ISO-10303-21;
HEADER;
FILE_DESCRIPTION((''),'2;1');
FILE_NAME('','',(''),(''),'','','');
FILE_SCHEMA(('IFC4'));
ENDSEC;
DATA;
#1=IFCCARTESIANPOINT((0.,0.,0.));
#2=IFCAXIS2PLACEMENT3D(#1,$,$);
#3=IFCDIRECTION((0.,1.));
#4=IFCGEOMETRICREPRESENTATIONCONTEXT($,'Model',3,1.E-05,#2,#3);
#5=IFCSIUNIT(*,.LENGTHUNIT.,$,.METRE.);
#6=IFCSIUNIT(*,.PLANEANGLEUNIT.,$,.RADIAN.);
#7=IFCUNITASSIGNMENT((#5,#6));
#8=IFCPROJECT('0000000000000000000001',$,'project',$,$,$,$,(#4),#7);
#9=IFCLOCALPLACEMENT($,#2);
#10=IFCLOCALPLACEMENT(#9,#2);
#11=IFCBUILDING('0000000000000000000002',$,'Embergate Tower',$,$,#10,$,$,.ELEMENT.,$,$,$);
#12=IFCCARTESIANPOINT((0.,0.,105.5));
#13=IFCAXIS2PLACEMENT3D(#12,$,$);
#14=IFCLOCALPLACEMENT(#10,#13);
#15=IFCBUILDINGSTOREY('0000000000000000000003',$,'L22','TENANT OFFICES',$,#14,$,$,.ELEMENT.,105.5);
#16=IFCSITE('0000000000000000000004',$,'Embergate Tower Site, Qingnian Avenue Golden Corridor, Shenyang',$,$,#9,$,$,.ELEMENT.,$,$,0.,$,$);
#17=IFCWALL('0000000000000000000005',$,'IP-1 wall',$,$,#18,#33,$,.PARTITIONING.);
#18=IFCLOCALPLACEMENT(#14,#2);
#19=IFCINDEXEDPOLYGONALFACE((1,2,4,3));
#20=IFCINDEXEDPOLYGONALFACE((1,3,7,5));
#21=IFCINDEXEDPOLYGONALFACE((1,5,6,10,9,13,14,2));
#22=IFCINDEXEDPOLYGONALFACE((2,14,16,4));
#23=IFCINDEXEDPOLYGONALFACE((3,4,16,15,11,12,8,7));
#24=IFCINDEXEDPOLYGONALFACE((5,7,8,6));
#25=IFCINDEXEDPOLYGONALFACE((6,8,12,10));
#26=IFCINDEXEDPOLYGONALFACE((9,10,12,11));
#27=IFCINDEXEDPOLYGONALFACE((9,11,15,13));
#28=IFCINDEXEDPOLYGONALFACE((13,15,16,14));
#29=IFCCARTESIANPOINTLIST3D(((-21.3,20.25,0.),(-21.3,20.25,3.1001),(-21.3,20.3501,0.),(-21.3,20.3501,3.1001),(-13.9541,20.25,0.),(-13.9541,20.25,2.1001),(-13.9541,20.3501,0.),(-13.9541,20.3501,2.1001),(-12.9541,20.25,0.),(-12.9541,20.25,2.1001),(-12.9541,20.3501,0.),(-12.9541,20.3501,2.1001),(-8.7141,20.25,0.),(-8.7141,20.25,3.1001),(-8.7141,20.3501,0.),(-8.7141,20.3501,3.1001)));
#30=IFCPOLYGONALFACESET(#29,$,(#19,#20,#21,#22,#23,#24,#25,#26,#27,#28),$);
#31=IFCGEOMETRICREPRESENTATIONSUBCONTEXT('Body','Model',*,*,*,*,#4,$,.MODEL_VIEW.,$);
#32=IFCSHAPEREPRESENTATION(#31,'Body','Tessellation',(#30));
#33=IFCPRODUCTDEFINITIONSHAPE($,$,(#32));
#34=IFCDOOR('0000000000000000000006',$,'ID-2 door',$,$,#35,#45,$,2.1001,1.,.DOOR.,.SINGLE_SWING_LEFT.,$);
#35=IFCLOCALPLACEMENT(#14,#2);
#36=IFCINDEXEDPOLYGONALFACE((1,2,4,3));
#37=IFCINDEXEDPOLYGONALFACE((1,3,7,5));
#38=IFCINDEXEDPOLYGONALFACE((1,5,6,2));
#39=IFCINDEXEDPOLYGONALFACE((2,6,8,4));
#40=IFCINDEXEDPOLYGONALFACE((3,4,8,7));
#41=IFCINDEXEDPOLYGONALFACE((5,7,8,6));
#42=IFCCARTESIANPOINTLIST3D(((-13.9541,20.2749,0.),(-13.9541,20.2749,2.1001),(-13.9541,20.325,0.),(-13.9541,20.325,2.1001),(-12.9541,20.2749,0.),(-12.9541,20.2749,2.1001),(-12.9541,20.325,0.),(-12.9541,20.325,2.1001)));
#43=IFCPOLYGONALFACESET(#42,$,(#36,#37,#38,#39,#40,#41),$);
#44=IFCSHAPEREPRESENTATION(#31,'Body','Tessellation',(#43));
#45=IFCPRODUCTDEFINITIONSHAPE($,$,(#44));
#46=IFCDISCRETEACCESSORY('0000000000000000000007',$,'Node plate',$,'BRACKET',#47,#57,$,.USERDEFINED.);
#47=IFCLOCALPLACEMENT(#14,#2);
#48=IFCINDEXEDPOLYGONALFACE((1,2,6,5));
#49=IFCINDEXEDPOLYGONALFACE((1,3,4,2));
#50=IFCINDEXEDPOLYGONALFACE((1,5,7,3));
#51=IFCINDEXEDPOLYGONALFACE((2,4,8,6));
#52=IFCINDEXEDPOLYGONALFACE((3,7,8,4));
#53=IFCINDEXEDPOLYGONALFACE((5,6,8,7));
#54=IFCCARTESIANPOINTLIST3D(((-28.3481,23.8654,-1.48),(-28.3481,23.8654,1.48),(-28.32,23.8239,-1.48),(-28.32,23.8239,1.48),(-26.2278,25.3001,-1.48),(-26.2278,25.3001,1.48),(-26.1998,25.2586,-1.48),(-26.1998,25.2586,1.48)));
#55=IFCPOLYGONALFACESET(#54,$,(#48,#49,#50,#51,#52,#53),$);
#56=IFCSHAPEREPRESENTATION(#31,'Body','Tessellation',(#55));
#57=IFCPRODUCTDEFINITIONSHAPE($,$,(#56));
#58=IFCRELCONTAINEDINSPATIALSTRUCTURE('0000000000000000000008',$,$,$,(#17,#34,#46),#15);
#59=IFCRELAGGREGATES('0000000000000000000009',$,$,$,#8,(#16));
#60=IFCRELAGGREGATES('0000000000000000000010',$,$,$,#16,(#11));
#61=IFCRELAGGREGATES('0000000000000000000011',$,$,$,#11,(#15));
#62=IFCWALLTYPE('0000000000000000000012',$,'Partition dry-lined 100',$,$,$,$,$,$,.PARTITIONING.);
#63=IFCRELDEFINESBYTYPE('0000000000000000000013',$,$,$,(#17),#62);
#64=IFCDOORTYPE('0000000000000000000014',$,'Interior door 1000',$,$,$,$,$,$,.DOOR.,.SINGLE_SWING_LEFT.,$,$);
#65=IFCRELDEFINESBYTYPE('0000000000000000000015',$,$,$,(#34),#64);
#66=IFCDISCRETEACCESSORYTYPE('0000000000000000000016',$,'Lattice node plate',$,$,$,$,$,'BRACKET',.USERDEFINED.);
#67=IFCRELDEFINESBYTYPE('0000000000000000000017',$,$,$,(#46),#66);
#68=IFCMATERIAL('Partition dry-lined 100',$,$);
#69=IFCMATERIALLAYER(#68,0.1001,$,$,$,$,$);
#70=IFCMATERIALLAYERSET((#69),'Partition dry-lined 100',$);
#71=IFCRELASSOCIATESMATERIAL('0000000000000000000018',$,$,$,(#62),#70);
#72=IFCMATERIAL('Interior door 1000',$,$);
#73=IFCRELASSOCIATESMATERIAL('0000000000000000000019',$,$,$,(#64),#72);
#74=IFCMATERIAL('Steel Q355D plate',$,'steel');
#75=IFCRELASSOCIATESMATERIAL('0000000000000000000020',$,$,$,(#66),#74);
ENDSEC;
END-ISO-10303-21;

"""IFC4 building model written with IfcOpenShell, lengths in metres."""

from ifc_helpers import new_model, si_unit, direction, frame, frame_2d, origin, origin_2d, place, context, subcontext, project, spatial, rectangle, extrude, source, transform, mapped, material, layer, layer_set, type_object, element, fill, save


model = new_model("IFC4")

# Units and contexts
model_context = context("Model", 3, precision=1e-05, world=origin(), true_north=direction((0.0, 1.0)))
body_context = subcontext(model_context, "Body", "Model", "MODEL_VIEW")
ifc_project = project(units=[si_unit("LENGTHUNIT", "METRE"), si_unit("PLANEANGLEUNIT", "RADIAN")], contexts=[model_context])

# Site, building, storey
site_placement = place(None, origin())
site = spatial("IfcSite", under=ifc_project, at=site_placement, Name="Embergate Tower Site, Qingnian Avenue Golden Corridor, Shenyang", CompositionType="ELEMENT", RefElevation=0.0)
building_placement = place(site_placement, origin())
building = spatial("IfcBuilding", under=site, at=building_placement, Name="Embergate Tower", CompositionType="ELEMENT")
storey_placement = place(building_placement, frame((0.0, 0.0, 105.5)))
storey = spatial("IfcBuildingStorey", under=building, at=storey_placement, Name="L22", Description="TENANT OFFICES", CompositionType="ELEMENT", Elevation=105.5)

# Wall, opening, door
ifc_material_1 = material(Name="Partition dry-lined 100")
ifc_layer_1 = layer(ifc_material_1, 0.1001)
ifc_layer_set_1 = layer_set([ifc_layer_1], Name="Partition dry-lined 100")
wall_type = type_object("IfcWallType", Name="Partition dry-lined 100", PredefinedType="PARTITIONING", material=ifc_layer_set_1)
shared_shape_1 = source(origin(), body_context, "Body", "SweptSolid", [
    extrude(rectangle(XDim=12.5859, YDim=0.1001, at=frame_2d((6.293, 0.0))), origin(), (0.0, 0.0, 1.0), 3.1001),
])
wall_placement = place(storey_placement, frame((-21.3, 20.3, 0.0), z_axis=(0.0, 0.0, 1.0), x_axis=(1.0, 0.0, 0.0)))
wall = element("IfcWall", 1, at=wall_placement, inside=storey, type_object=wall_type, Name="IP-1 wall", PredefinedType="PARTITIONING", context=body_context, shape_type="MappedRepresentation", body=[
    mapped(shared_shape_1, transform((0.0, 0.0, 0.0))),
])
shared_shape_2 = source(origin(), body_context, "Body", "SweptSolid", [
    extrude(rectangle(XDim=1.0, YDim=2.1001, at=frame_2d((0.5, 1.05))), frame((0.0, 0.0601, 0.0), z_axis=(0.0, -1.0, 0.0), x_axis=(1.0, 0.0, 0.0)), (0.0, 0.0, 1.0), 0.1201),
])
opening_placement = place(wall_placement, frame((7.3459, 0.0, 0.0)))
opening = element("IfcOpeningElement", 2, at=opening_placement, cuts=wall, PredefinedType="OPENING", context=body_context, shape_type="MappedRepresentation", body=[
    mapped(shared_shape_2, transform((0.0, 0.0, 0.0))),
])
ifc_material_2 = material(Name="Interior door 1000")
door_type = type_object("IfcDoorType", Name="Interior door 1000", OperationType="SINGLE_SWING_LEFT", PredefinedType="DOOR", material=ifc_material_2)
shared_shape_3 = source(origin(), body_context, "Body", "SweptSolid", [
    extrude(rectangle(XDim=1.0, YDim=2.1001, at=frame_2d((0.5, 1.05))), frame((0.0, 0.0249, 0.0), z_axis=(0.0, -1.0, 0.0), x_axis=(1.0, 0.0, 0.0)), (0.0, 0.0, 1.0), 0.05),
])
door_placement = place(opening_placement, origin())
door = element("IfcDoor", 3, at=door_placement, inside=storey, type_object=door_type, Name="ID-2 door", OperationType="SINGLE_SWING_LEFT", OverallHeight=2.1001, OverallWidth=1.0, PredefinedType="DOOR", context=body_context, shape_type="MappedRepresentation", body=[
    mapped(shared_shape_3, transform((0.0, 0.0, 0.0))),
])
fill(opening, door)

# Discrete accessory
ifc_material_3 = material(Name="Steel Q355D plate", Category="steel")
discrete_accessory_type = type_object("IfcDiscreteAccessoryType", Name="Lattice node plate", ElementType="BRACKET", PredefinedType="USERDEFINED", material=ifc_material_3)
shared_shape_4 = source(origin(), body_context, "Body", "SweptSolid", [
    extrude(rectangle(XDim=2.5601, YDim=0.05, at=origin_2d()), origin(), (0.0, 0.0, 1.0), 2.96),
])
discrete_accessory_placement = place(storey_placement, frame((-27.2739, 24.562, -1.48), z_axis=(0.0, 0.0, 1.0), x_axis=(-0.828217, -0.560408, 0.0)))
element("IfcDiscreteAccessory", 4, at=discrete_accessory_placement, inside=storey, type_object=discrete_accessory_type, Name="Node plate", ObjectType="BRACKET", PredefinedType="USERDEFINED", context=body_context, shape_type="MappedRepresentation", body=[
    mapped(shared_shape_4, transform((0.0, 0.0, 0.0))),
])

save(model, "model.ifc")
